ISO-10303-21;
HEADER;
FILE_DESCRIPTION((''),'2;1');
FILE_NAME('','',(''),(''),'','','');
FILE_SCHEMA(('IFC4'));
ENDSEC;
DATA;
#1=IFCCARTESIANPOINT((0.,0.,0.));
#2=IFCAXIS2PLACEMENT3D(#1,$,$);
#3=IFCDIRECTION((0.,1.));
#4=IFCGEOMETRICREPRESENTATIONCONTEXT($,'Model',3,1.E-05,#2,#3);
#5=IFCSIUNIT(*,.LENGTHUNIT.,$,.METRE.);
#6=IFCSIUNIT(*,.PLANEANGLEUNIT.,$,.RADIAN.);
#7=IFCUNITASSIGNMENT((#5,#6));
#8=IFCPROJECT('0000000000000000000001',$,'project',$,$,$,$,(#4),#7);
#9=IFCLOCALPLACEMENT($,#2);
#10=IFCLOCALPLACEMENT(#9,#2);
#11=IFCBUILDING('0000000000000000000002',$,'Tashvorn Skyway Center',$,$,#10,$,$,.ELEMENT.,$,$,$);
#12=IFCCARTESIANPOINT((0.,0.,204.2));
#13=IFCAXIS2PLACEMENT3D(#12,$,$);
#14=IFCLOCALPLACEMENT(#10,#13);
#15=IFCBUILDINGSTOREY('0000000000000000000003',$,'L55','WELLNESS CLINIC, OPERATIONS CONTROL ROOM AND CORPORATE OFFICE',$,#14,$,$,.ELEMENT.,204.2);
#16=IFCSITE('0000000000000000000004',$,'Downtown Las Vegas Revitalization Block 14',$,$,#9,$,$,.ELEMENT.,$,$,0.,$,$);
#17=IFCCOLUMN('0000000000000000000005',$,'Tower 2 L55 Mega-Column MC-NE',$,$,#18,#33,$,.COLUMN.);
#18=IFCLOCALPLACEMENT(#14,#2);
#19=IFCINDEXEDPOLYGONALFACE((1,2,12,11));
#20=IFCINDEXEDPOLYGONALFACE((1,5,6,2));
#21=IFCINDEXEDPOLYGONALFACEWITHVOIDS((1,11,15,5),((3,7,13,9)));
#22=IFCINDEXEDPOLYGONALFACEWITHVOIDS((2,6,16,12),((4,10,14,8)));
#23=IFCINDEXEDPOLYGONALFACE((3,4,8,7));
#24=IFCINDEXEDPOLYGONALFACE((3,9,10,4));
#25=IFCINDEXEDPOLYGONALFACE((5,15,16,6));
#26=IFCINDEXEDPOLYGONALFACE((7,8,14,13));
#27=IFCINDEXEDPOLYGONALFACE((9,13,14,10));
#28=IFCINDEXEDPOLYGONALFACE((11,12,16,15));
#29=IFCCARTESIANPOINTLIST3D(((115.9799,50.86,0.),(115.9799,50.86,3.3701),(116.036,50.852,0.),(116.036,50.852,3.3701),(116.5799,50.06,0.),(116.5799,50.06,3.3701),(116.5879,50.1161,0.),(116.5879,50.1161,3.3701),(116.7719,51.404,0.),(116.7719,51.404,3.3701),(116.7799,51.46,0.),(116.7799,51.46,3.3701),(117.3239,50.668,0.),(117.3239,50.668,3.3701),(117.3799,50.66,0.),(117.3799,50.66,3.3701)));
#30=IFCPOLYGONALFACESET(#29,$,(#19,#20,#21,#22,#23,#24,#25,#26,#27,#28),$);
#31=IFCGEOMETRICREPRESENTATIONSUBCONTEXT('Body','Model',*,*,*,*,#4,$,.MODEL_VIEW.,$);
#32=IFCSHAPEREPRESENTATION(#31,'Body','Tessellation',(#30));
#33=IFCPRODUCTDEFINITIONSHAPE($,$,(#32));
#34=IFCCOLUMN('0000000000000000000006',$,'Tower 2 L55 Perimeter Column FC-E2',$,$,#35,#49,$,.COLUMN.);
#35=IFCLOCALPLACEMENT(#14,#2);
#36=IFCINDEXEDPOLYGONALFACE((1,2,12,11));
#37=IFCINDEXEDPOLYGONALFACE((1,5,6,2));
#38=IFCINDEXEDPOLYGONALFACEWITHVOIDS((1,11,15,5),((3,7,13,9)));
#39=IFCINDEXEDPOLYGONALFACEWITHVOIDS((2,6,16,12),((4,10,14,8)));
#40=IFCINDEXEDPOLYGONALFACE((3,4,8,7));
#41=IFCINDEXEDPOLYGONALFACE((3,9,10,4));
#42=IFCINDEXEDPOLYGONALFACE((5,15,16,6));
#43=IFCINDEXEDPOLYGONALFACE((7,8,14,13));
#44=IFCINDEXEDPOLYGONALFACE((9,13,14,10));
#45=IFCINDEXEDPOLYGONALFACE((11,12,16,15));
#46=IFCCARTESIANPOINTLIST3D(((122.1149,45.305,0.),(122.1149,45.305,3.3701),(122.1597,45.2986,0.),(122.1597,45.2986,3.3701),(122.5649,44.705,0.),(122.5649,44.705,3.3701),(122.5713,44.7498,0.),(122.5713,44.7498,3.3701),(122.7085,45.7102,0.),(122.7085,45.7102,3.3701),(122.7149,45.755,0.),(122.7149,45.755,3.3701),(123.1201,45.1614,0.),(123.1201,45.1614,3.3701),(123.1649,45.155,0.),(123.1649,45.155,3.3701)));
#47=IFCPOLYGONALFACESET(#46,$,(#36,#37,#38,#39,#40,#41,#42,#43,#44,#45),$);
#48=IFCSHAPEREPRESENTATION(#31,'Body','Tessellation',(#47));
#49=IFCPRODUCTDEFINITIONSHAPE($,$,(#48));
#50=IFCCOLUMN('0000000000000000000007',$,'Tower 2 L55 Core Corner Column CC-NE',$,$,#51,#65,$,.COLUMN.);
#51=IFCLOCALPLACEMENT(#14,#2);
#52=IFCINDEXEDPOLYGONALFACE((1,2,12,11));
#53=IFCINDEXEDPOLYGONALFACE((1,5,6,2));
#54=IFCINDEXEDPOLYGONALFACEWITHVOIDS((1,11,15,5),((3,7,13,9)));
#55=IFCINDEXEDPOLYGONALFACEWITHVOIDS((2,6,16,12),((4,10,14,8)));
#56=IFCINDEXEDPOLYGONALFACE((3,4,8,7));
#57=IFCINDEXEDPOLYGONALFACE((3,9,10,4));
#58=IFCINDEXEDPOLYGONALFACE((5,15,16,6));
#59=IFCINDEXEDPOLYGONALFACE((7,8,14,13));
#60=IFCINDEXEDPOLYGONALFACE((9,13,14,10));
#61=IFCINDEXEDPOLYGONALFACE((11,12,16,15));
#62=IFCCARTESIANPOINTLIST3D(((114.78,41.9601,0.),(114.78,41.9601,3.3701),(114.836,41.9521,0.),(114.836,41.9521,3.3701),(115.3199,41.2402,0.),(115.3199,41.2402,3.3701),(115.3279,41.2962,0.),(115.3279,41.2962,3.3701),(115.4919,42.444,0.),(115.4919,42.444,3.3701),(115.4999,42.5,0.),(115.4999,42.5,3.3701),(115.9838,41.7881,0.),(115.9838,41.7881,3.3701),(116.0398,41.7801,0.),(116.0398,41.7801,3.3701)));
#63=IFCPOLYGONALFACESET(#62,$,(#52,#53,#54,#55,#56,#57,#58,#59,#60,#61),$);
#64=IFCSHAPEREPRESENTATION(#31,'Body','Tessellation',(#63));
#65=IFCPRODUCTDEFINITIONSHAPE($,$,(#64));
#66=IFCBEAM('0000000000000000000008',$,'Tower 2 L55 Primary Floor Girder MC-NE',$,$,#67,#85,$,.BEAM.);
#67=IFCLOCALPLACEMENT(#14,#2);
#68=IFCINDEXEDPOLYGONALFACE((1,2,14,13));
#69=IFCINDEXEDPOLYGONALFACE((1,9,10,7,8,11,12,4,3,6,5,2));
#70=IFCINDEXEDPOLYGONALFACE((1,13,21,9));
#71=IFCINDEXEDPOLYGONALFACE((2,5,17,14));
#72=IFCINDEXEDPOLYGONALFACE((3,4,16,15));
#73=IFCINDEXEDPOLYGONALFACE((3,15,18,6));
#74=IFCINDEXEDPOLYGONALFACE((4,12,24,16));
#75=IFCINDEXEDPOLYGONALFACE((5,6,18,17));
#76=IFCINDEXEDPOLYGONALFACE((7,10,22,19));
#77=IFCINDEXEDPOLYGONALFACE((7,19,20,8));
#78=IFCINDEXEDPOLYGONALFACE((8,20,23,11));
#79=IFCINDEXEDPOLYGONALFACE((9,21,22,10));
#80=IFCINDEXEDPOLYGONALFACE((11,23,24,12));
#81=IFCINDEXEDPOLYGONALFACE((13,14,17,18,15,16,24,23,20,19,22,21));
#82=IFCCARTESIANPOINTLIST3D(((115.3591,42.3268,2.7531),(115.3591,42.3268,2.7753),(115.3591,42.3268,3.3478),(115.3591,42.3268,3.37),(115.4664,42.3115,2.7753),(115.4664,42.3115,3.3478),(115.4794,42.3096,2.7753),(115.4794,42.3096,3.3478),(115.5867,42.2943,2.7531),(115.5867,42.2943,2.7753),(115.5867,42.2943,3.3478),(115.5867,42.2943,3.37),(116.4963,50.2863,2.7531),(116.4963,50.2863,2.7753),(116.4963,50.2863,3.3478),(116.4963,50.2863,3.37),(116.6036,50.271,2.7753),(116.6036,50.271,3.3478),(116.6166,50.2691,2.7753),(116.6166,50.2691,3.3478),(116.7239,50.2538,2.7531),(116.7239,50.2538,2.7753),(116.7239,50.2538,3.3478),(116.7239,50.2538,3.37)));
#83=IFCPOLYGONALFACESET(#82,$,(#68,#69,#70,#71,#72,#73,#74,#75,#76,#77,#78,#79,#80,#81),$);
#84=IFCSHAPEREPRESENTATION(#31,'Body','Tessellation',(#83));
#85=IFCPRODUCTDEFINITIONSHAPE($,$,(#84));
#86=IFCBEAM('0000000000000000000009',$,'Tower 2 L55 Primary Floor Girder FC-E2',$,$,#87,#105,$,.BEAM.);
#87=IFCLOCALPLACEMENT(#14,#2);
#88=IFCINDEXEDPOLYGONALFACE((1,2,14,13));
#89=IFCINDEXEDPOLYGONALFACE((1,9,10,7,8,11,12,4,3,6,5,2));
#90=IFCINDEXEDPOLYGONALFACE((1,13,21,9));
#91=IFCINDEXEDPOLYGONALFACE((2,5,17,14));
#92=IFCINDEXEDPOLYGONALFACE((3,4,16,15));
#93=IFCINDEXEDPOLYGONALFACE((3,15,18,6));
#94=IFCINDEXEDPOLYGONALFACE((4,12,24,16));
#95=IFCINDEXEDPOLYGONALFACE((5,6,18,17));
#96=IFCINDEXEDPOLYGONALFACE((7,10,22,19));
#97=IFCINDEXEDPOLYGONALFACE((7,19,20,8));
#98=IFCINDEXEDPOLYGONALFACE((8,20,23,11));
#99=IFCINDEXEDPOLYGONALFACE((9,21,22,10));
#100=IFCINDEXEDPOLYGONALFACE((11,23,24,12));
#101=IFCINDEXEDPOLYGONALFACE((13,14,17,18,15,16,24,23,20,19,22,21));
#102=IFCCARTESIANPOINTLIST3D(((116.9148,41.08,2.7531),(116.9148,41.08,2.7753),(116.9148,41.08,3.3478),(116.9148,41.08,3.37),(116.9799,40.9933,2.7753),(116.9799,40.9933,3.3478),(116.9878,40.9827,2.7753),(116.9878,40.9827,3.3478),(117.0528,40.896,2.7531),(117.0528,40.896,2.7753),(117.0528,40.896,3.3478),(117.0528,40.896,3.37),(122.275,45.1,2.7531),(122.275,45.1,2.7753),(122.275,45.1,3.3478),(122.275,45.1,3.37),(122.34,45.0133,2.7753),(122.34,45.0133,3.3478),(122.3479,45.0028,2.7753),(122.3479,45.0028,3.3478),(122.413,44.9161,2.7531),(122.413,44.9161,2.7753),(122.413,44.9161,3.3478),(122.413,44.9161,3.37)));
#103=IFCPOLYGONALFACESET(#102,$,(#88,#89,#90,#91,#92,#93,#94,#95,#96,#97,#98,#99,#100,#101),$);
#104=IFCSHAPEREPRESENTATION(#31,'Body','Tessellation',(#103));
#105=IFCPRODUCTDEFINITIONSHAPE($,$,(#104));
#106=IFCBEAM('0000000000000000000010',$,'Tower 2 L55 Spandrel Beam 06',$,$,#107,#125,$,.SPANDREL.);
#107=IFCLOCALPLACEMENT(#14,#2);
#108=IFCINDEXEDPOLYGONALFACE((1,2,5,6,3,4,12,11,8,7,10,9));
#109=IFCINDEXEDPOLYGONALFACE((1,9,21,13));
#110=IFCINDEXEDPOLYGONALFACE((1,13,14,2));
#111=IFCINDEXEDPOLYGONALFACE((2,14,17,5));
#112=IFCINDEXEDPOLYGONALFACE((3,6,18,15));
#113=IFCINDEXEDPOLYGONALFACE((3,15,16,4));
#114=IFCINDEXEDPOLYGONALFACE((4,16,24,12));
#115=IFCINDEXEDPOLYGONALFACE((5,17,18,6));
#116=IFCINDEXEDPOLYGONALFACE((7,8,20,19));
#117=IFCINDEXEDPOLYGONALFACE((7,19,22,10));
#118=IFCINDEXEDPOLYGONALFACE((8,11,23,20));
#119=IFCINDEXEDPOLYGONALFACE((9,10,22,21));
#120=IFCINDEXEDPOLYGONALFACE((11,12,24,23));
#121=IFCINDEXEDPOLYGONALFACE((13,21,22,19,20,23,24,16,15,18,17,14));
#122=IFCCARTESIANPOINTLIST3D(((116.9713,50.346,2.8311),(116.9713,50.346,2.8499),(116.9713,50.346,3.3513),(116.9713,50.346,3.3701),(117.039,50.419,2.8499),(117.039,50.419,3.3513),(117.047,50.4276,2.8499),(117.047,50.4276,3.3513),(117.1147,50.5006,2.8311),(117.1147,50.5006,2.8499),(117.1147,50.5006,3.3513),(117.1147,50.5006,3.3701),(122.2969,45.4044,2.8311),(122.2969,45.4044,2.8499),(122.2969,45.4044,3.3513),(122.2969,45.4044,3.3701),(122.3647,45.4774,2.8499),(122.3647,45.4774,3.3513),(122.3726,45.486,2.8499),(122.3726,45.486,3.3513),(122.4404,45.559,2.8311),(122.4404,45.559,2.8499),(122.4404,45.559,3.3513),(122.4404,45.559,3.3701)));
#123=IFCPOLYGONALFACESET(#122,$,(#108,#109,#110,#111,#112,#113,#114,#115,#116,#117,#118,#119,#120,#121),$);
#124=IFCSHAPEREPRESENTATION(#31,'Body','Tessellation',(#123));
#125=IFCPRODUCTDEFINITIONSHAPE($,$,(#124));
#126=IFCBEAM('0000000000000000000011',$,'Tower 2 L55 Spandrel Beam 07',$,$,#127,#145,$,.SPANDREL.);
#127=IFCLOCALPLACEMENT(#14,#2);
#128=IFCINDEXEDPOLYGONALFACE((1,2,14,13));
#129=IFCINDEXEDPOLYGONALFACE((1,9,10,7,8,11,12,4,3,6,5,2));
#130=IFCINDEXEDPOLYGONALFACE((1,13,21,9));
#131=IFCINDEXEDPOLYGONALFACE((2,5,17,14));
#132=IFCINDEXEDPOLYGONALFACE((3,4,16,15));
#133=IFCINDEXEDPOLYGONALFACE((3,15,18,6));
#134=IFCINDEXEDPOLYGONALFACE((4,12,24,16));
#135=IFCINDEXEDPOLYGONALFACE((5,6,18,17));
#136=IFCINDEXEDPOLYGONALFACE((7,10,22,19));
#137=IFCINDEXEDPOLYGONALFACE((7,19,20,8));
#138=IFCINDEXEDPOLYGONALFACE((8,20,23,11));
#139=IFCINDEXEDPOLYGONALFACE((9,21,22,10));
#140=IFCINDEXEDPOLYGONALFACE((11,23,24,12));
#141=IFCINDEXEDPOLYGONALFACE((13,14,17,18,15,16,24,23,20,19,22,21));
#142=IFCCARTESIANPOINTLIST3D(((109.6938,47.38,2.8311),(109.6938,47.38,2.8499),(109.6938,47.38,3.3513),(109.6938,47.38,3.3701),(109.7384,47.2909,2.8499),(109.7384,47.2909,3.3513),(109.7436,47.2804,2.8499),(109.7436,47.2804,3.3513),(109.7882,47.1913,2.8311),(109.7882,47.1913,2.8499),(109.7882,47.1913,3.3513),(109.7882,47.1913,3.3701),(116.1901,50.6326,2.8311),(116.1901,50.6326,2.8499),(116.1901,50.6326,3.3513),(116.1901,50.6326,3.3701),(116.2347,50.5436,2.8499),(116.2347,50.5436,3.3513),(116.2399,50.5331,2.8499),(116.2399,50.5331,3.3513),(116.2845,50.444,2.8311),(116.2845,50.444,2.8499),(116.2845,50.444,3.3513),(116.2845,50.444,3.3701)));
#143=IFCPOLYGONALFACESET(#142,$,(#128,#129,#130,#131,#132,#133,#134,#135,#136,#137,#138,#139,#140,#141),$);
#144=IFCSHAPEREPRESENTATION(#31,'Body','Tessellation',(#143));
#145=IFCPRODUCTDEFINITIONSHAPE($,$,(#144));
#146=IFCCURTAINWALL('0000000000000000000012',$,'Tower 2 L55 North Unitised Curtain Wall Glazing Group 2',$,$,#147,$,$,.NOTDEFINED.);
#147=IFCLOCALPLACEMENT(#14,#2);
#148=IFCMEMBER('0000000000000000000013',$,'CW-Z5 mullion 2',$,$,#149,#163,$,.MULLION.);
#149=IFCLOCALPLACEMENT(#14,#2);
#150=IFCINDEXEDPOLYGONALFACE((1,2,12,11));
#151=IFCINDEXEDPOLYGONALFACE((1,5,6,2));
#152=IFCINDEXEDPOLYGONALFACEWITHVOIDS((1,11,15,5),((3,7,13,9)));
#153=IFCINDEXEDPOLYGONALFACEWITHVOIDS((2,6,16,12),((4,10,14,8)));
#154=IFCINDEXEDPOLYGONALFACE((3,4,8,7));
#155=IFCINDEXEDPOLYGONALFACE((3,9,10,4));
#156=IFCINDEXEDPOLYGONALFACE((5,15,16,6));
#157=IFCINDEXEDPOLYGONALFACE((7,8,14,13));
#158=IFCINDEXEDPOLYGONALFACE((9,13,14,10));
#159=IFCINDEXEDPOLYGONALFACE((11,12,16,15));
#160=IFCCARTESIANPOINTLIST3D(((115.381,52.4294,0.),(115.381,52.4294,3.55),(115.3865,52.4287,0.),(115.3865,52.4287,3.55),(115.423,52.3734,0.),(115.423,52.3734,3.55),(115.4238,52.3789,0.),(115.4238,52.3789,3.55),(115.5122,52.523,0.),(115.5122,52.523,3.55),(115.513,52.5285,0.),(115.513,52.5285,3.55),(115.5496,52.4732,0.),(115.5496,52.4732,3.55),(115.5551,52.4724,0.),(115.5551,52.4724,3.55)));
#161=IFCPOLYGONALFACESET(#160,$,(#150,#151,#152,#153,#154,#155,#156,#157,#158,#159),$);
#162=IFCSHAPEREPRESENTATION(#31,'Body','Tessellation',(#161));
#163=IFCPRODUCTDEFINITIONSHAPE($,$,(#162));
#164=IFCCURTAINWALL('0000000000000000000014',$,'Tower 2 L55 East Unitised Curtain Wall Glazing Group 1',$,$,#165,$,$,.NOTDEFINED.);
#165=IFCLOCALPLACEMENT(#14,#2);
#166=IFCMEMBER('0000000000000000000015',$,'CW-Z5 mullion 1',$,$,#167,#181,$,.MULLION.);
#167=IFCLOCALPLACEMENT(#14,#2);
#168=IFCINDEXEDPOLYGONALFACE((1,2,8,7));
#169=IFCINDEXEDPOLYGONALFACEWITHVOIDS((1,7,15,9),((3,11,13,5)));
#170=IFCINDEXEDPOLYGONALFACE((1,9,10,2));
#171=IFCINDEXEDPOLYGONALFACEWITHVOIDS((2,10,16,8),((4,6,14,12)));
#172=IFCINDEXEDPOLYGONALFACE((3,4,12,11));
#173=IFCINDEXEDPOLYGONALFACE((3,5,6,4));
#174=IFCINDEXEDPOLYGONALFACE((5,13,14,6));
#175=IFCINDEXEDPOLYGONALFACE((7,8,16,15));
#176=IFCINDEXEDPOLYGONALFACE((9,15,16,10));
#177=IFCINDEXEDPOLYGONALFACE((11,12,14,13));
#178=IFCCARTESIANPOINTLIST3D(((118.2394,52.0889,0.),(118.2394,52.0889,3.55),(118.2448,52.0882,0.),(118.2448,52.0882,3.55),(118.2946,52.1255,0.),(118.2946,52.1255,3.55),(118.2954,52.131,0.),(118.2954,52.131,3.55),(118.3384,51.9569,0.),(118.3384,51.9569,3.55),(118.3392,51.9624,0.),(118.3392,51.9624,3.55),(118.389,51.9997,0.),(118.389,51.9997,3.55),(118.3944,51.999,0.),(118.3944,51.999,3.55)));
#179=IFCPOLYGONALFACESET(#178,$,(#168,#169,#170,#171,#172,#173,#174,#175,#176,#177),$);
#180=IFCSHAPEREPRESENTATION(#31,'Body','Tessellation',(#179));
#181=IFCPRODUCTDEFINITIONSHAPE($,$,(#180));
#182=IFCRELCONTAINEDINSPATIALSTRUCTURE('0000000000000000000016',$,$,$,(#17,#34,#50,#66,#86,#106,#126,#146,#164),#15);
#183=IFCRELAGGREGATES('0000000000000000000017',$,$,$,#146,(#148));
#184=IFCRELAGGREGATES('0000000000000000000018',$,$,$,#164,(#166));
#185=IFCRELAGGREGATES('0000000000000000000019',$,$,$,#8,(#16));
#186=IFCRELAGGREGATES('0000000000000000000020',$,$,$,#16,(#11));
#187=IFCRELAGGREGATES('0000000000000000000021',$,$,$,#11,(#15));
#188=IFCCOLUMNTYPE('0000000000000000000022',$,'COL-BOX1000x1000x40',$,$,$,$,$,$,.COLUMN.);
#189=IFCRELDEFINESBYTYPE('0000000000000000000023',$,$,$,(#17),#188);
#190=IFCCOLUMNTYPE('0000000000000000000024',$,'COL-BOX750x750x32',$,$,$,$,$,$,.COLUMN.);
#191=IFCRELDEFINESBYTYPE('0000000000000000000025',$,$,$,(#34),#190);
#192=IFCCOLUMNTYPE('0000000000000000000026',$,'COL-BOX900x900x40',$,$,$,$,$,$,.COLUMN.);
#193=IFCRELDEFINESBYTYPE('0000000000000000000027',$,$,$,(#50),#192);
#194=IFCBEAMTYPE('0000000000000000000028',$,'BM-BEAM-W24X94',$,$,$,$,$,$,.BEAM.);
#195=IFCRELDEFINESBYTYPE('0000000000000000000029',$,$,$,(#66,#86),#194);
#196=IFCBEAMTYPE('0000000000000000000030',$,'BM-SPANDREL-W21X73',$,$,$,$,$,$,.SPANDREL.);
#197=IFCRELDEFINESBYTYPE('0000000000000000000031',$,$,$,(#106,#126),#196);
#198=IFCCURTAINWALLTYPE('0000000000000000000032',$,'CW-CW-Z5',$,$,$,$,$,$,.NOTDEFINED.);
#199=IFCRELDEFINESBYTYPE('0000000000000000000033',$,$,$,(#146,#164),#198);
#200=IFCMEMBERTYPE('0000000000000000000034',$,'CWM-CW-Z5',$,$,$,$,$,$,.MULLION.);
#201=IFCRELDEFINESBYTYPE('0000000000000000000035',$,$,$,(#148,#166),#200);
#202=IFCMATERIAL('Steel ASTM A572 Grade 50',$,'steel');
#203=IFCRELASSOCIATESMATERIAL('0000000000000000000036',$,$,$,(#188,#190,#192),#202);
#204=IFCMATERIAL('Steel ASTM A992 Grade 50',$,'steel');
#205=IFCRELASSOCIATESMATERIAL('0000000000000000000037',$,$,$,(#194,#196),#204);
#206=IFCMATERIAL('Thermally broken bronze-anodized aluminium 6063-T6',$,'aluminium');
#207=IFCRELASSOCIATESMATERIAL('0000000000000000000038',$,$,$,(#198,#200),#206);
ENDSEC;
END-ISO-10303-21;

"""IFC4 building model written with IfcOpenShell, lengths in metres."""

from ifc_helpers import new_model, si_unit, direction, frame, origin, origin_2d, place, context, subcontext, project, spatial, hollow_rectangle, i_section, extrude, material, material_profile, profile_set, type_object, element, aggregate, save


model = new_model("IFC4")

# Units and contexts
model_context = context("Model", 3, precision=1e-05, world=origin(), true_north=direction((0.0, 1.0)))
body_context = subcontext(model_context, "Body", "Model", "MODEL_VIEW")
ifc_project = project(units=[si_unit("LENGTHUNIT", "METRE"), si_unit("PLANEANGLEUNIT", "RADIAN")], contexts=[model_context])

# Site, building, storey
site_placement = place(None, origin())
site = spatial("IfcSite", under=ifc_project, at=site_placement, Name="Downtown Las Vegas Revitalization Block 14", CompositionType="ELEMENT", RefElevation=0.0)
building_placement = place(site_placement, origin())
building = spatial("IfcBuilding", under=site, at=building_placement, Name="Tashvorn Skyway Center", CompositionType="ELEMENT")
storey_placement = place(building_placement, frame((0.0, 0.0, 204.2)))
storey = spatial("IfcBuildingStorey", under=building, at=storey_placement, Name="L55", Description="WELLNESS CLINIC, OPERATIONS CONTROL ROOM AND CORPORATE OFFICE", CompositionType="ELEMENT", Elevation=204.2)

# Columns
ifc_material_1 = material(Name="Steel ASTM A572 Grade 50", Category="steel")
ifc_material_profile_1 = material_profile(ifc_material_1, hollow_rectangle(XDim=1.0, YDim=1.0, WallThickness=0.04, at=origin_2d()), Name="BOX1000x1000x40")
ifc_profile_set_1 = profile_set([ifc_material_profile_1], Name="Steel ASTM A572 Grade 50")
column_type_1 = type_object("IfcColumnType", Name="COL-BOX1000x1000x40", PredefinedType="COLUMN", material=ifc_profile_set_1)
column_1_placement = place(storey_placement, frame((116.6799, 50.76, 0.0), z_axis=(0.0, 0.0, 1.0), x_axis=(0.8, 0.6, 0.0)))
element("IfcColumn", 1, at=column_1_placement, inside=storey, type_object=column_type_1, Name="Tower 2 L55 Mega-Column MC-NE", PredefinedType="COLUMN", context=body_context, shape_type="SweptSolid", body=[
    extrude(hollow_rectangle(XDim=1.0, YDim=1.0, WallThickness=0.04, at=origin_2d()), origin(), (0.0, 0.0, 1.0), 3.3701),
])
ifc_material_profile_2 = material_profile(ifc_material_1, hollow_rectangle(XDim=0.75, YDim=0.75, WallThickness=0.032, at=origin_2d()), Name="BOX750x750x32")
ifc_profile_set_2 = profile_set([ifc_material_profile_2], Name="Steel ASTM A572 Grade 50")
column_type_2 = type_object("IfcColumnType", Name="COL-BOX750x750x32", PredefinedType="COLUMN", material=ifc_profile_set_2)
column_2_placement = place(storey_placement, frame((122.6399, 45.23, 0.0), z_axis=(0.0, 0.0, 1.0), x_axis=(0.8, 0.6, 0.0)))
element("IfcColumn", 2, at=column_2_placement, inside=storey, type_object=column_type_2, Name="Tower 2 L55 Perimeter Column FC-E2", PredefinedType="COLUMN", context=body_context, shape_type="SweptSolid", body=[
    extrude(hollow_rectangle(XDim=0.75, YDim=0.75, WallThickness=0.032, at=origin_2d()), origin(), (0.0, 0.0, 1.0), 3.3701),
])
ifc_material_profile_3 = material_profile(ifc_material_1, hollow_rectangle(XDim=0.8999, YDim=0.8999, WallThickness=0.04, at=origin_2d()), Name="BOX900x900x40")
ifc_profile_set_3 = profile_set([ifc_material_profile_3], Name="Steel ASTM A572 Grade 50")
column_type_3 = type_object("IfcColumnType", Name="COL-BOX900x900x40", PredefinedType="COLUMN", material=ifc_profile_set_3)
column_3_placement = place(storey_placement, frame((115.4099, 41.8701, 0.0), z_axis=(0.0, 0.0, 1.0), x_axis=(0.8, 0.6, 0.0)))
element("IfcColumn", 3, at=column_3_placement, inside=storey, type_object=column_type_3, Name="Tower 2 L55 Core Corner Column CC-NE", PredefinedType="COLUMN", context=body_context, shape_type="SweptSolid", body=[
    extrude(hollow_rectangle(XDim=0.8999, YDim=0.8999, WallThickness=0.04, at=origin_2d()), origin(), (0.0, 0.0, 1.0), 3.3701),
])

# Beams
ifc_material_2 = material(Name="Steel ASTM A992 Grade 50", Category="steel")
ifc_material_profile_4 = material_profile(ifc_material_2, i_section(OverallWidth=0.23, OverallDepth=0.6169, WebThickness=0.0132, FlangeThickness=0.0222, at=origin_2d()), Name="W24X94")
ifc_profile_set_4 = profile_set([ifc_material_profile_4], Name="Steel ASTM A992 Grade 50")
beam_type_1 = type_object("IfcBeamType", Name="BM-BEAM-W24X94", PredefinedType="BEAM", material=ifc_profile_set_4)
beam_1_placement = place(storey_placement, frame((116.6101, 50.27, 3.0615), z_axis=(-0.141438, -0.989947, 0.0), x_axis=(0.989947, -0.141438, 0.0)))
element("IfcBeam", 4, at=beam_1_placement, inside=storey, type_object=beam_type_1, Name="Tower 2 L55 Primary Floor Girder MC-NE", PredefinedType="BEAM", context=body_context, shape_type="SweptSolid", body=[
    extrude(i_section(OverallWidth=0.23, OverallDepth=0.6169, WebThickness=0.0132, FlangeThickness=0.0222, at=origin_2d()), origin(), (0.0, 0.0, 1.0), 8.0403),
])
beam_2_placement = place(storey_placement, frame((122.344, 45.0081, 3.0615), z_axis=(-0.800004, -0.599994, 0.0), x_axis=(0.599994, -0.800004, 0.0)))
element("IfcBeam", 5, at=beam_2_placement, inside=storey, type_object=beam_type_1, Name="Tower 2 L55 Primary Floor Girder FC-E2", PredefinedType="BEAM", context=body_context, shape_type="SweptSolid", body=[
    extrude(i_section(OverallWidth=0.23, OverallDepth=0.6169, WebThickness=0.0132, FlangeThickness=0.0222, at=origin_2d()), origin(), (0.0, 0.0, 1.0), 6.7002),
])
ifc_material_profile_5 = material_profile(ifc_material_2, i_section(OverallWidth=0.2109, OverallDepth=0.5391, WebThickness=0.0117, FlangeThickness=0.0188, at=origin_2d()), Name="W21X73")
ifc_profile_set_5 = profile_set([ifc_material_profile_5], Name="Steel ASTM A992 Grade 50")
beam_type_2 = type_object("IfcBeamType", Name="BM-SPANDREL-W21X73", PredefinedType="SPANDREL", material=ifc_profile_set_5)
for number, where, z_axis, x_axis, name in (
    (6, (122.3687, 45.4817, 3.1006), (-0.733042, 0.680183, 0.0), (-0.680183, -0.733042, 0.0), "Tower 2 L55 Spandrel Beam 06"),
    (7, (116.2373, 50.5383, 3.1006), (-0.894178, -0.447711, 0.0), (0.447711, -0.894178, 0.0), "Tower 2 L55 Spandrel Beam 07"),
):
    element("IfcBeam", number, at=place(storey_placement, frame(where, z_axis=z_axis, x_axis=x_axis)), inside=storey, type_object=beam_type_2, Name=name, PredefinedType="SPANDREL", context=body_context, shape_type="SweptSolid", body=[
        extrude(i_section(OverallWidth=0.2109, OverallDepth=0.5391, WebThickness=0.0117, FlangeThickness=0.0188, at=origin_2d()), origin(), (0.0, 0.0, 1.0), 7.2651),
    ])

# Curtain wall, member
ifc_material_3 = material(Name="Thermally broken bronze-anodized aluminium 6063-T6", Category="aluminium")
curtain_wall_type = type_object("IfcCurtainWallType", Name="CW-CW-Z5", PredefinedType="NOTDEFINED", material=ifc_material_3)
curtain_wall_1_placement = place(storey_placement, origin())
curtain_wall_1 = element("IfcCurtainWall", 8, at=curtain_wall_1_placement, inside=storey, type_object=curtain_wall_type, Name="Tower 2 L55 North Unitised Curtain Wall Glazing Group 2", PredefinedType="NOTDEFINED")
ifc_material_profile_6 = material_profile(ifc_material_3, hollow_rectangle(XDim=0.0701, YDim=0.165, WallThickness=0.0039, at=origin_2d()), Name="ALU-MULL-70x165")
ifc_profile_set_6 = profile_set([ifc_material_profile_6], Name="Thermally broken bronze-anodized aluminium 6063-T6")
member_type_1 = type_object("IfcMemberType", Name="CWM-CW-Z5", PredefinedType="MULLION", material=ifc_profile_set_6)
member_1_placement = place(storey_placement, frame((115.468, 52.4509, 0.0), z_axis=(0.0, 0.0, 1.0), x_axis=(-0.600002, 0.799999, 0.0)))
member_1 = element("IfcMember", 9, at=member_1_placement, type_object=member_type_1, Name="CW-Z5 mullion 2", PredefinedType="MULLION", context=body_context, shape_type="SweptSolid", body=[
    extrude(hollow_rectangle(XDim=0.0701, YDim=0.165, WallThickness=0.0039, at=origin_2d()), origin(), (0.0, 0.0, 1.0), 3.55),
])
aggregate(curtain_wall_1, [member_1])

# Curtain wall, member
curtain_wall_2_placement = place(storey_placement, origin())
curtain_wall_2 = element("IfcCurtainWall", 10, at=curtain_wall_2_placement, inside=storey, type_object=curtain_wall_type, Name="Tower 2 L55 East Unitised Curtain Wall Glazing Group 1", PredefinedType="NOTDEFINED")
member_2_placement = place(storey_placement, frame((118.3169, 52.0439, 0.0), z_axis=(0.0, 0.0, 1.0), x_axis=(0.799999, 0.600002, 0.0)))
member_2 = element("IfcMember", 11, at=member_2_placement, type_object=member_type_1, Name="CW-Z5 mullion 1", PredefinedType="MULLION", context=body_context, shape_type="SweptSolid", body=[
    extrude(hollow_rectangle(XDim=0.0701, YDim=0.165, WallThickness=0.0039, at=origin_2d()), origin(), (0.0, 0.0, 1.0), 3.55),
])

aggregate(curtain_wall_2, [member_2])

save(model, "model.ifc")
